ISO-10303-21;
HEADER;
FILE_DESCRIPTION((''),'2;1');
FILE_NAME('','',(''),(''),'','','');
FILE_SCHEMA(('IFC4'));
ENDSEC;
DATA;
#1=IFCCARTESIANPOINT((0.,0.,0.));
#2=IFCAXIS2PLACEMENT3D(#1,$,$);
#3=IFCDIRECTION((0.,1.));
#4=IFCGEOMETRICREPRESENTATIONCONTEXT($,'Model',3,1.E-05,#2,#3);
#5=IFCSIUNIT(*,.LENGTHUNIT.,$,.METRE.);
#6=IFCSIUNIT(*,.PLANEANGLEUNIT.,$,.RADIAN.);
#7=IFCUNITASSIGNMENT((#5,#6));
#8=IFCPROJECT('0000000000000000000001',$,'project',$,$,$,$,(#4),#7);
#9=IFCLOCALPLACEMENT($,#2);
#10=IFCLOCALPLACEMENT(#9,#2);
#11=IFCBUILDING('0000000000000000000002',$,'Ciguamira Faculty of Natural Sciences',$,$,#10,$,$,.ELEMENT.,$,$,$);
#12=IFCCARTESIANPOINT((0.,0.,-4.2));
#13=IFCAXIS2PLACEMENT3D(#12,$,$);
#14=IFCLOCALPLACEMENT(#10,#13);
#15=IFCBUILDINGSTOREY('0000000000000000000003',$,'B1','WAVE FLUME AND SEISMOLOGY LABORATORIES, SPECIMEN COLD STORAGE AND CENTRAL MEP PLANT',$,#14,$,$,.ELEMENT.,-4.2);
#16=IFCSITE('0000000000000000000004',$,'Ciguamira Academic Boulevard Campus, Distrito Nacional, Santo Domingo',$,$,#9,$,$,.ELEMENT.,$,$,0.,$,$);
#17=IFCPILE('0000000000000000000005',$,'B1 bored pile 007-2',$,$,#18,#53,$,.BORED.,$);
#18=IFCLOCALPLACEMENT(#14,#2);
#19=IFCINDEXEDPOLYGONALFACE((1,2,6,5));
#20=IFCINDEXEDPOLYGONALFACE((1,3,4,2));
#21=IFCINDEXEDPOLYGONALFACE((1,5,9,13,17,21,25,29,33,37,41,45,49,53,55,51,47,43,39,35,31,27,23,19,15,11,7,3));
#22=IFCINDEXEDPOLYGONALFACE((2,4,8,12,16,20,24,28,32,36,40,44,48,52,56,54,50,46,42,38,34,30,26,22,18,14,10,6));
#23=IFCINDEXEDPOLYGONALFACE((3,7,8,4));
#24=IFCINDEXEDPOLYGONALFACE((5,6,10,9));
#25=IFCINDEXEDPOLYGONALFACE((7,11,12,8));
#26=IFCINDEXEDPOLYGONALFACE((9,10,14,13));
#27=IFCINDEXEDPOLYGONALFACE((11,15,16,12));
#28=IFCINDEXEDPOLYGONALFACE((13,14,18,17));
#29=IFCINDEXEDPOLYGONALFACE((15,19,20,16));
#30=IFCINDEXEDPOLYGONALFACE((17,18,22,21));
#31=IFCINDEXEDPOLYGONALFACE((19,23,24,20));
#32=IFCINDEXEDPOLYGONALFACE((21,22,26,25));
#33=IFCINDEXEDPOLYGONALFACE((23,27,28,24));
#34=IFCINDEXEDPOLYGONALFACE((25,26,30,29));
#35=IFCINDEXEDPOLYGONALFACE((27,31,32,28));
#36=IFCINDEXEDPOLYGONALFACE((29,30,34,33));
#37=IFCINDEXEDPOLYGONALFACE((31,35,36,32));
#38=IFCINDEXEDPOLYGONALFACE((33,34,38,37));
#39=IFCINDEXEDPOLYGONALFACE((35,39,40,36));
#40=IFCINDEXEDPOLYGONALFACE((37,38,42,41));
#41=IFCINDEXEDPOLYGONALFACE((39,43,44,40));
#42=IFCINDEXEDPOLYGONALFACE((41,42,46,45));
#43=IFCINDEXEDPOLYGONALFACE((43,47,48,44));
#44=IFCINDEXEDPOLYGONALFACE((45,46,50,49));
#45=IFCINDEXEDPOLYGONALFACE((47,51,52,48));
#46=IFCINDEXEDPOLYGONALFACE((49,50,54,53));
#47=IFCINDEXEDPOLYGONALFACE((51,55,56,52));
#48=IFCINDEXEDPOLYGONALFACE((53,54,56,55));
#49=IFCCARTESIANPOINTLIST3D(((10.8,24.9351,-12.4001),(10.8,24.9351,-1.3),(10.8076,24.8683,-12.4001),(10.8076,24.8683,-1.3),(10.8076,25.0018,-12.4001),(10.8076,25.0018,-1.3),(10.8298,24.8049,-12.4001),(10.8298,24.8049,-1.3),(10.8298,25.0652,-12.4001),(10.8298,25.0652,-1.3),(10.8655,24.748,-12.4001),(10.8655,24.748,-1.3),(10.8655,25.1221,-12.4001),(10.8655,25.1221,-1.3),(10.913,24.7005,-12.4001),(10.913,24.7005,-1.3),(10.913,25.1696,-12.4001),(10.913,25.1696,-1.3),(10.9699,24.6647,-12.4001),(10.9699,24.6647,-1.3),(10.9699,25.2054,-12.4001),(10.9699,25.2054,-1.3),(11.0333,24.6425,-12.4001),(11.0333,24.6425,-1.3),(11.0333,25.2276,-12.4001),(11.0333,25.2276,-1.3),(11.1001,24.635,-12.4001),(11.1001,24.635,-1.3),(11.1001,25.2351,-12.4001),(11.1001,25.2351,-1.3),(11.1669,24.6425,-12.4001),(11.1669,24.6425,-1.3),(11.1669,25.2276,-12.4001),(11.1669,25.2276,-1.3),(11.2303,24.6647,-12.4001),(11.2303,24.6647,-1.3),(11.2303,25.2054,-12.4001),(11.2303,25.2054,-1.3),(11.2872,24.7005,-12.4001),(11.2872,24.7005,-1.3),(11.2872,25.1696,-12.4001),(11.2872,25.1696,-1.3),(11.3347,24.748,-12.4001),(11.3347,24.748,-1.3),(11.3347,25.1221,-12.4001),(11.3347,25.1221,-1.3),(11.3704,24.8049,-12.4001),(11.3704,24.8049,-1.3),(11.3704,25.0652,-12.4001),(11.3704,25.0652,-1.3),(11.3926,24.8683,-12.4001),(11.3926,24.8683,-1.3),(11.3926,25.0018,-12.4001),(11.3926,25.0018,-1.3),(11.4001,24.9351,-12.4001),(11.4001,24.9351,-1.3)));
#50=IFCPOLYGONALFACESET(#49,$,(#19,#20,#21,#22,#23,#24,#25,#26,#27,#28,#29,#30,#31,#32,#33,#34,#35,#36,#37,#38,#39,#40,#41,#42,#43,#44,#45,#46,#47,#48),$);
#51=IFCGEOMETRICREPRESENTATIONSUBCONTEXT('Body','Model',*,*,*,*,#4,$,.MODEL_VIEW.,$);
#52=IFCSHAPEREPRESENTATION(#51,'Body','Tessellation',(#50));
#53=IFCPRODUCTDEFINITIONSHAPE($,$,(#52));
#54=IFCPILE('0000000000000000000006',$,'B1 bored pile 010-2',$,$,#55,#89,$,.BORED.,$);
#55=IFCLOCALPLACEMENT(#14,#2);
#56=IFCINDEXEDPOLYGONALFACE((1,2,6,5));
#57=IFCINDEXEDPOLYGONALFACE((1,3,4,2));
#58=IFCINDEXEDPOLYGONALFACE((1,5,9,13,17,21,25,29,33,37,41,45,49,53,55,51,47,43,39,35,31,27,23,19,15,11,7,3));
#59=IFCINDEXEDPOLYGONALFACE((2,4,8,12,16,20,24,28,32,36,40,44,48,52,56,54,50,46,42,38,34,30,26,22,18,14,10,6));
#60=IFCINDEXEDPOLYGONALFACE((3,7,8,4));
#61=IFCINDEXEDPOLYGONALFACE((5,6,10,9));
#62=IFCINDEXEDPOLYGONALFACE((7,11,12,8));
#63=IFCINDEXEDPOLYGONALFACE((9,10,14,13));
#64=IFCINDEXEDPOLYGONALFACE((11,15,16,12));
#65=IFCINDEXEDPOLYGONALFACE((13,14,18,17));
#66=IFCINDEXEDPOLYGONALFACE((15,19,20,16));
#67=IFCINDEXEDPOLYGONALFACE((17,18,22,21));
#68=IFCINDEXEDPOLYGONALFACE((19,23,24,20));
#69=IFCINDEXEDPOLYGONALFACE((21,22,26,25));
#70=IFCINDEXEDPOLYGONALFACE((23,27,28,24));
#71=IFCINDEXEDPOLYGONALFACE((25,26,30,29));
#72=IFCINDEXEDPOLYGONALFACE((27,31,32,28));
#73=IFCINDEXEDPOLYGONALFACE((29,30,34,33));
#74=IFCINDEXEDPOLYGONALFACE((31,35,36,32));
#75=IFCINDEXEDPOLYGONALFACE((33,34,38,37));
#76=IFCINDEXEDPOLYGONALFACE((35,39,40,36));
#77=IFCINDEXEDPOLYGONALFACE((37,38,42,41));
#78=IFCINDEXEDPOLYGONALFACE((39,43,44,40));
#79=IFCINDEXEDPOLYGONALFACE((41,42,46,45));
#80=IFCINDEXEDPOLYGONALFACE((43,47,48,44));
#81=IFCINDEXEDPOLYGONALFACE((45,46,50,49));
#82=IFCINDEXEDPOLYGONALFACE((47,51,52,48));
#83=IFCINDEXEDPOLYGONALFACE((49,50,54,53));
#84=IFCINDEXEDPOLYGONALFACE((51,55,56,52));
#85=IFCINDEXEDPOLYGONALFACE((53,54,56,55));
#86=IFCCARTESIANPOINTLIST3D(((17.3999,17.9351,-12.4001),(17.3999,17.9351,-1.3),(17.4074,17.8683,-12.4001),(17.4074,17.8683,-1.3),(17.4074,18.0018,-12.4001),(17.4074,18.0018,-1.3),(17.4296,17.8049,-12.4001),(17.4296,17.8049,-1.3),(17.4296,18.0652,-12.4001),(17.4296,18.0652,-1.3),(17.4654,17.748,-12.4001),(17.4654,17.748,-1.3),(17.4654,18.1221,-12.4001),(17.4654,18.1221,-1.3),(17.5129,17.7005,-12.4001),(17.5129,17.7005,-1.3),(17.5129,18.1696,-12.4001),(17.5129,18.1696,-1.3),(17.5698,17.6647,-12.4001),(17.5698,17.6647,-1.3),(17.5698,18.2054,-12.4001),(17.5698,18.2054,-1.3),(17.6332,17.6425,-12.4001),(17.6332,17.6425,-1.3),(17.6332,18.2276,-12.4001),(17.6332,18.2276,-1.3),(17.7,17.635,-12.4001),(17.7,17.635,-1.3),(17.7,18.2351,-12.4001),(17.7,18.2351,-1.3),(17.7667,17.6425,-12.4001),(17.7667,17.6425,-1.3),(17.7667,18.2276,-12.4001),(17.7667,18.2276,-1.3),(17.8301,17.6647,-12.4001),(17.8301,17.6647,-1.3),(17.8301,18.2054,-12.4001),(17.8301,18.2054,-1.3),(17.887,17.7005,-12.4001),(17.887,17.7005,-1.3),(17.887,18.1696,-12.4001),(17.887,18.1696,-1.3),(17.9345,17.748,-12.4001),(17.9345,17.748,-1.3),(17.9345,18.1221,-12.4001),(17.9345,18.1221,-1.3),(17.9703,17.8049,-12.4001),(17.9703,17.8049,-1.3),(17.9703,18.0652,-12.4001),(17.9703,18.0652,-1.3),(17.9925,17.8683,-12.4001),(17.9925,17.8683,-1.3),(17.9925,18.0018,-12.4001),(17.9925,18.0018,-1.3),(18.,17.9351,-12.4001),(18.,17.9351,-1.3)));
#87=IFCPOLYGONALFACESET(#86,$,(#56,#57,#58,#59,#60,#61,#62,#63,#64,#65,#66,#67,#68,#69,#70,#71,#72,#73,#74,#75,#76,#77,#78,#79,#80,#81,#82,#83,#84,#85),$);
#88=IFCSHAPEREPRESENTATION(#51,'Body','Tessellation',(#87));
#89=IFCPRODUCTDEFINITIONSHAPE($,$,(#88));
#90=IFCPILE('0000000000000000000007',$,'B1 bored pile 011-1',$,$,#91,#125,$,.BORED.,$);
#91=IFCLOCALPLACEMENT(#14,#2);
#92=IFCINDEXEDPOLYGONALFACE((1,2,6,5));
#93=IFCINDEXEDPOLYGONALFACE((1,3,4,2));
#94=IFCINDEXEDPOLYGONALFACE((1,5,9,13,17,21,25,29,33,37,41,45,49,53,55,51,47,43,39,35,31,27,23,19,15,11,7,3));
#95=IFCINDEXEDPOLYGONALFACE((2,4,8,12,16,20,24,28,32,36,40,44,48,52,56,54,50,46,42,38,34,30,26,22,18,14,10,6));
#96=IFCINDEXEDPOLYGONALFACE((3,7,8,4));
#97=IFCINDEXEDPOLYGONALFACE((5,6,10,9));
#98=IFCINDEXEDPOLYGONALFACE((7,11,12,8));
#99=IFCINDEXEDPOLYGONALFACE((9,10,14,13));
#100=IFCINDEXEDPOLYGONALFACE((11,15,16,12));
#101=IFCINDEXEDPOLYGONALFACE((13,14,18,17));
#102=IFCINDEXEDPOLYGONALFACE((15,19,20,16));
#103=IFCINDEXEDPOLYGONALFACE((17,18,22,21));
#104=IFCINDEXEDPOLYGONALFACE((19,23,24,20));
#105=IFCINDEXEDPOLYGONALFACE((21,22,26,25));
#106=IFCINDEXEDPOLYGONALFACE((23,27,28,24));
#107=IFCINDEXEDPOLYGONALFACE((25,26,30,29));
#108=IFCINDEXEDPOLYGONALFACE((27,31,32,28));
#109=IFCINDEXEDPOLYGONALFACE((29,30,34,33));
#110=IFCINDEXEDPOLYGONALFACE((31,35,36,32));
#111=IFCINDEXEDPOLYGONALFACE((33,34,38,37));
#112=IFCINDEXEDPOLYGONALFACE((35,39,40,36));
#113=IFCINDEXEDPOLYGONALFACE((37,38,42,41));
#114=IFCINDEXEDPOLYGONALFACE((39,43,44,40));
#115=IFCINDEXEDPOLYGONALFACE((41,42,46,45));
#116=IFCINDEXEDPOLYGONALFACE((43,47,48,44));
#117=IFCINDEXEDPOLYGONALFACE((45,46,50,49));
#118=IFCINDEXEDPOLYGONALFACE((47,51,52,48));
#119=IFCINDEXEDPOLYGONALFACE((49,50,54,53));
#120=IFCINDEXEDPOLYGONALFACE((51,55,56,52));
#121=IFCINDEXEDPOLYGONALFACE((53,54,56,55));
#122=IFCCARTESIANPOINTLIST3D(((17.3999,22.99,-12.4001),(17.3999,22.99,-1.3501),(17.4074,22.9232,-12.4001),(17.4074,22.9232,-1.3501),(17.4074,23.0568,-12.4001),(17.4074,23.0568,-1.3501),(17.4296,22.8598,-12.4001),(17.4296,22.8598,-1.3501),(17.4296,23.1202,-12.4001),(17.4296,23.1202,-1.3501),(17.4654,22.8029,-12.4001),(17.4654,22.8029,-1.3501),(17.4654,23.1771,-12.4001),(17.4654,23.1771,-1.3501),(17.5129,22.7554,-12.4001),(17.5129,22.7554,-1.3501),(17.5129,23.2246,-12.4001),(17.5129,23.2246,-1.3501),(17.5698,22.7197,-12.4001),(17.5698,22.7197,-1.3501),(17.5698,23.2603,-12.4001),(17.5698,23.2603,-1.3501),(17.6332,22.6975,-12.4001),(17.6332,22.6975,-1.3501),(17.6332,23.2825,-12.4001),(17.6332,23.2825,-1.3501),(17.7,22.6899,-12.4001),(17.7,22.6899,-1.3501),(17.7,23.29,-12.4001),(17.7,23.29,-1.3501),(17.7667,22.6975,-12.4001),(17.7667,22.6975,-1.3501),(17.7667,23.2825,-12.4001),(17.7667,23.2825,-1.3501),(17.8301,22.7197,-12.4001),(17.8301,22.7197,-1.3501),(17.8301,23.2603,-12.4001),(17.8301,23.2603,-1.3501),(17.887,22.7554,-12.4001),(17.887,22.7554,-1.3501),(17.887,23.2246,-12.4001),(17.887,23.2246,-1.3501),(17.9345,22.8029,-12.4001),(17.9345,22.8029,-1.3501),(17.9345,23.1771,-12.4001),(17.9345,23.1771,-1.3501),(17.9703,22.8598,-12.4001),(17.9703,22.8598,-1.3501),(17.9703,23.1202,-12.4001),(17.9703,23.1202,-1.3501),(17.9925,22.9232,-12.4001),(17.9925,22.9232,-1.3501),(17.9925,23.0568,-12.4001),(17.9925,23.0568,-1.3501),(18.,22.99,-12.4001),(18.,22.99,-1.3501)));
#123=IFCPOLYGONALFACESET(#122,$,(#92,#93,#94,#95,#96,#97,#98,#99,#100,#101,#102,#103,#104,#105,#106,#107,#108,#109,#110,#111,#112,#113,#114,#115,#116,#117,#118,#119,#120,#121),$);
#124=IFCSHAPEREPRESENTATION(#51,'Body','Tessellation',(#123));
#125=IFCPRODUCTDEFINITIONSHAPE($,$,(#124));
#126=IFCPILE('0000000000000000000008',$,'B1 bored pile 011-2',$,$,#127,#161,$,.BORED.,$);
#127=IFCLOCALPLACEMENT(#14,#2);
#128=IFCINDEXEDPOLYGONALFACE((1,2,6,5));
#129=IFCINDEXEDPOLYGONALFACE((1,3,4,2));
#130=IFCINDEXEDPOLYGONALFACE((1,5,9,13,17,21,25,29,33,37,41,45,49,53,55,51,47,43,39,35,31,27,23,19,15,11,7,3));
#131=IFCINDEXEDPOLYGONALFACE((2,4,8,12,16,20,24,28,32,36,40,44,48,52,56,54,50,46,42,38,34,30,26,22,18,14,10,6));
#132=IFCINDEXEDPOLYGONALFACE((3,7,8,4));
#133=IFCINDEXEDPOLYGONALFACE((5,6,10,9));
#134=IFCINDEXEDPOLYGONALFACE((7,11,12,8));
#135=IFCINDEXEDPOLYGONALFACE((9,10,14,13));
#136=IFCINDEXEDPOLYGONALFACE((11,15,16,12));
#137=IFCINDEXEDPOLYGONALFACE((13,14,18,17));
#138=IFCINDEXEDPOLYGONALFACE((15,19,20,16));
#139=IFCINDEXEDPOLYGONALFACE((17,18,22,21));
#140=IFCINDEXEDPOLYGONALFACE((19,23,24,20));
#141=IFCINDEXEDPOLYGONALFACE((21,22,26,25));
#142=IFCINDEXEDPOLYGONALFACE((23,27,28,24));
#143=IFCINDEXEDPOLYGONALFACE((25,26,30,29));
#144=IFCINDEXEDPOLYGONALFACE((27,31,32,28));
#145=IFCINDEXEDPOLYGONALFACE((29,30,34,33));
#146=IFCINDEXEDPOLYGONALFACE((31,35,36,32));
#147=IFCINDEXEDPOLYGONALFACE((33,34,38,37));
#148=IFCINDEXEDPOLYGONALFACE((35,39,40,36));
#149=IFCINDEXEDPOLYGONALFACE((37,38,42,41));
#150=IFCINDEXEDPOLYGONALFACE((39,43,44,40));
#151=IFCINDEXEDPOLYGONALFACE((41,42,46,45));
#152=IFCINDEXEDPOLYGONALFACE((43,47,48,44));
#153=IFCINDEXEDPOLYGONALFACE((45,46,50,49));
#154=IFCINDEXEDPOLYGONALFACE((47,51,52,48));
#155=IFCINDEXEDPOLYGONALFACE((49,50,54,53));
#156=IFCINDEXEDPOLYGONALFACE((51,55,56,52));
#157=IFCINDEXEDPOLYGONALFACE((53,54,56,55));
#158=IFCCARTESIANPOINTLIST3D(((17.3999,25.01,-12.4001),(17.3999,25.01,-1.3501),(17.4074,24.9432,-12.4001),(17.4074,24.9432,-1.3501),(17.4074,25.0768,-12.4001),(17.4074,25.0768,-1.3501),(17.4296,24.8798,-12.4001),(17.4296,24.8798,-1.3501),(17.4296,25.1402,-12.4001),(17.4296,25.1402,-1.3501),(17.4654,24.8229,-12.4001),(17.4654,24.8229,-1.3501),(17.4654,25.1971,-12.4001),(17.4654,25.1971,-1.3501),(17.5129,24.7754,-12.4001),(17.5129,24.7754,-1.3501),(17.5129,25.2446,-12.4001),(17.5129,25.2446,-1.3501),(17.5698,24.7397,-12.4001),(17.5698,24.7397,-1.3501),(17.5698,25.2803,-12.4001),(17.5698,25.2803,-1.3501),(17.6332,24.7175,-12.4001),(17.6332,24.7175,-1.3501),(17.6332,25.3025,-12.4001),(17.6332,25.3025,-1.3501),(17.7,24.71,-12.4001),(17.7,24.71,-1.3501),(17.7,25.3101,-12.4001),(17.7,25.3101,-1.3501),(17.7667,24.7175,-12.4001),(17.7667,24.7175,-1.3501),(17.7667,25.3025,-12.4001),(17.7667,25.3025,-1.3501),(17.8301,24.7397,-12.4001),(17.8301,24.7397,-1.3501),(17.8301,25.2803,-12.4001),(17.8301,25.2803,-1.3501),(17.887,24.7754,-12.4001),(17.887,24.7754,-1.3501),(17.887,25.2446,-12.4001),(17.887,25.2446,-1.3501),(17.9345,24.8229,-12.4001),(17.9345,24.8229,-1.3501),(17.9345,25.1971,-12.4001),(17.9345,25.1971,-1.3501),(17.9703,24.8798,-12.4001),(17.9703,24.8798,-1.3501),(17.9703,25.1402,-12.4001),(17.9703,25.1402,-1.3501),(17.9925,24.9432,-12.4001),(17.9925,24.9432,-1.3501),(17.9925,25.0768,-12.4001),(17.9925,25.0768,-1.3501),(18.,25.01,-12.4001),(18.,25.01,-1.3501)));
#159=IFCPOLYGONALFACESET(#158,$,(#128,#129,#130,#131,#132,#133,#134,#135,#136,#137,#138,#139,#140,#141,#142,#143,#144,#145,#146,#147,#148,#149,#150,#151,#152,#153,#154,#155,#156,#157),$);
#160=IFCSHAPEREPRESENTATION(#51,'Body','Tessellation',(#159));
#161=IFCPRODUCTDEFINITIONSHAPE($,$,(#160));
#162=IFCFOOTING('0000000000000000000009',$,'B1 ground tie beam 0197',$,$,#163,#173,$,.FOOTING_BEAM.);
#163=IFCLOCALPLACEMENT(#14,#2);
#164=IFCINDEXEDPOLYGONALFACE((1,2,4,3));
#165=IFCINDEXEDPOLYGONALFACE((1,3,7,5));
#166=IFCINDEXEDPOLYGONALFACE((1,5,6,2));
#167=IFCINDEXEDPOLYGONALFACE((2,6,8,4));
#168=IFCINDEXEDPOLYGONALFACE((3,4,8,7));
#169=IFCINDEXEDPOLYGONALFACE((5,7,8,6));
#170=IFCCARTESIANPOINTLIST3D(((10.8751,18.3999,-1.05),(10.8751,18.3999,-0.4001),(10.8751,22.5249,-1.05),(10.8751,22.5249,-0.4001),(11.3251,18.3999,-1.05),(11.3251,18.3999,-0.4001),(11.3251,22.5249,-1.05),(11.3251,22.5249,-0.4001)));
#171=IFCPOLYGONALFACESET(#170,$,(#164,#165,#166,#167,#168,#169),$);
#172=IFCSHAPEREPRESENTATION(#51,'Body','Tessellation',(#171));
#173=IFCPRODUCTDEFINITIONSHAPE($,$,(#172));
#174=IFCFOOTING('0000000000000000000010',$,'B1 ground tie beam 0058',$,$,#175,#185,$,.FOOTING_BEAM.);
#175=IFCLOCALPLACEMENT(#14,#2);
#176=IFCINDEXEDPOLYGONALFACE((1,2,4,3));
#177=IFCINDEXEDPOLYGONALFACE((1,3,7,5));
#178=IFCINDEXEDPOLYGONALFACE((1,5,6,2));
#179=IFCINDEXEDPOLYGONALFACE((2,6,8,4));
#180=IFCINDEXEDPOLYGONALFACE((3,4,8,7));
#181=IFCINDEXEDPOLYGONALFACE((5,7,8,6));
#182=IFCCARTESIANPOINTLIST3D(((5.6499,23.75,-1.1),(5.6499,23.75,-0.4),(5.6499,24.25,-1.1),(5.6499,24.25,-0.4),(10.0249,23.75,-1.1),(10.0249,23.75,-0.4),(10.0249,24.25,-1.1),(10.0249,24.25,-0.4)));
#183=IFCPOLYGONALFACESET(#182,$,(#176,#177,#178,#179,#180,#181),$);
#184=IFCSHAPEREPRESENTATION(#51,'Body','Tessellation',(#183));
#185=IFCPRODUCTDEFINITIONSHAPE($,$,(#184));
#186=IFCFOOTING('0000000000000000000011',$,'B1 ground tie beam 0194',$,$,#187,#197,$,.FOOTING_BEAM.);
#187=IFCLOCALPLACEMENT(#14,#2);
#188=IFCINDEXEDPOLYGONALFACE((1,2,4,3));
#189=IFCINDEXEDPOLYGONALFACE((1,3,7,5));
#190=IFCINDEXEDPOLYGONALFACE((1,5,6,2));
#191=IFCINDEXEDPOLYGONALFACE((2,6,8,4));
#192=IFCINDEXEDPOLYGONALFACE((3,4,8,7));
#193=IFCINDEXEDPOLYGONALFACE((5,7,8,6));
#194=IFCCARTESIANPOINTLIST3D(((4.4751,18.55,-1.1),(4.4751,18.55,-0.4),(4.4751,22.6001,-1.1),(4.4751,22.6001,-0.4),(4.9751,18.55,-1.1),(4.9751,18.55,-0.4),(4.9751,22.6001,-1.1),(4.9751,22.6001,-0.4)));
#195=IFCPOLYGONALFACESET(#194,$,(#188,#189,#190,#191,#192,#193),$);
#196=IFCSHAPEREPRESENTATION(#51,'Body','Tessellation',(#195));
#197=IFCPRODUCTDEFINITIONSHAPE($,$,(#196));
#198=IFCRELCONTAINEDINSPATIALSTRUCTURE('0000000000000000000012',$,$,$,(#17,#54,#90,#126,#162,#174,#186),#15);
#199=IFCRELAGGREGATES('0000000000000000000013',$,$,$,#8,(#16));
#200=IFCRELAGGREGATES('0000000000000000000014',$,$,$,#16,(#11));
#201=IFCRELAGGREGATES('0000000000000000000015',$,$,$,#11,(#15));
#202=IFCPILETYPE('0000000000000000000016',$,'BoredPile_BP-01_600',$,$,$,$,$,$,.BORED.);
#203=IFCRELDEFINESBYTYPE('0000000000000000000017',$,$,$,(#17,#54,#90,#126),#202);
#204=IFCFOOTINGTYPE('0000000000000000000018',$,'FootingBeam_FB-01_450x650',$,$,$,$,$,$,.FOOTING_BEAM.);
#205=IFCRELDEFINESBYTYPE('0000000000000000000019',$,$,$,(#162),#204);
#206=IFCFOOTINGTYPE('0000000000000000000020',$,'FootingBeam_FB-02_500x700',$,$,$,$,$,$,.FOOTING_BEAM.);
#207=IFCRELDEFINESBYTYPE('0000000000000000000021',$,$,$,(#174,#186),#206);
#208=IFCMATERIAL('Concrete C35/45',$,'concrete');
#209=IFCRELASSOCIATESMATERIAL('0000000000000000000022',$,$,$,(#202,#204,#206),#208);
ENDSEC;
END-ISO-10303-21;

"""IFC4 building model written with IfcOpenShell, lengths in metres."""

from ifc_helpers import new_model, si_unit, direction, frame, origin, origin_2d, place, context, subcontext, project, spatial, rectangle, circle, extrude, material, material_profile, profile_set, type_object, element, save


model = new_model("IFC4")

# Units and contexts
model_context = context("Model", 3, precision=1e-05, world=origin(), true_north=direction((0.0, 1.0)))
body_context = subcontext(model_context, "Body", "Model", "MODEL_VIEW")
ifc_project = project(units=[si_unit("LENGTHUNIT", "METRE"), si_unit("PLANEANGLEUNIT", "RADIAN")], contexts=[model_context])

# Site, building, storey
site_placement = place(None, origin())
site = spatial("IfcSite", under=ifc_project, at=site_placement, Name="Ciguamira Academic Boulevard Campus, Distrito Nacional, Santo Domingo", CompositionType="ELEMENT", RefElevation=0.0)
building_placement = place(site_placement, origin())
building = spatial("IfcBuilding", under=site, at=building_placement, Name="Ciguamira Faculty of Natural Sciences", CompositionType="ELEMENT")
storey_placement = place(building_placement, frame((0.0, 0.0, -4.2)))
storey = spatial("IfcBuildingStorey", under=building, at=storey_placement, Name="B1", Description="WAVE FLUME AND SEISMOLOGY LABORATORIES, SPECIMEN COLD STORAGE AND CENTRAL MEP PLANT", CompositionType="ELEMENT", Elevation=-4.2)

# Piles
ifc_material_1 = material(Name="Concrete C35/45", Category="concrete")
ifc_material_profile_1 = material_profile(ifc_material_1, circle(Radius=0.3, at=origin_2d()), Name="PILE-BORED-600")
ifc_profile_set_1 = profile_set([ifc_material_profile_1], Name="Concrete C35/45")
pile_type = type_object("IfcPileType", Name="BoredPile_BP-01_600", PredefinedType="BORED", material=ifc_profile_set_1)
for number, where, z_axis, x_axis, name in (
    (1, (11.1001, 24.9351, -1.3), (0.0, 0.0, -1.0), (1.0, 0.0, 0.0), "B1 bored pile 007-2"),
    (2, (17.7, 17.9351, -1.3), (0.0, 0.0, -1.0), (1.0, 0.0, 0.0), "B1 bored pile 010-2"),
):
    element("IfcPile", number, at=place(storey_placement, frame(where, z_axis=z_axis, x_axis=x_axis)), inside=storey, type_object=pile_type, Name=name, PredefinedType="BORED", context=body_context, shape_type="SweptSolid", body=[
        extrude(circle(Radius=0.3, at=origin_2d()), origin(), (0.0, 0.0, 1.0), 11.1001),
    ])
for number, where, z_axis, x_axis, name in (
    (3, (17.7, 22.99, -1.3501), (0.0, 0.0, -1.0), (1.0, 0.0, 0.0), "B1 bored pile 011-1"),
    (4, (17.7, 25.01, -1.3501), (0.0, 0.0, -1.0), (1.0, 0.0, 0.0), "B1 bored pile 011-2"),
):
    element("IfcPile", number, at=place(storey_placement, frame(where, z_axis=z_axis, x_axis=x_axis)), inside=storey, type_object=pile_type, Name=name, PredefinedType="BORED", context=body_context, shape_type="SweptSolid", body=[
        extrude(circle(Radius=0.3, at=origin_2d()), origin(), (0.0, 0.0, 1.0), 11.05),
    ])

# Footings
ifc_material_profile_2 = material_profile(ifc_material_1, rectangle(XDim=0.45, YDim=0.6499, at=origin_2d()), Name="RC-FB-450X650")
ifc_profile_set_2 = profile_set([ifc_material_profile_2], Name="Concrete C35/45")
footing_type_1 = type_object("IfcFootingType", Name="FootingBeam_FB-01_450x650", PredefinedType="FOOTING_BEAM", material=ifc_profile_set_2)
footing_1_placement = place(storey_placement, frame((11.1001, 18.3999, -0.7251), z_axis=(0.0, 1.0, 0.0), x_axis=(-1.0, 0.0, 0.0)))
element("IfcFooting", 5, at=footing_1_placement, inside=storey, type_object=footing_type_1, Name="B1 ground tie beam 0197", PredefinedType="FOOTING_BEAM", context=body_context, shape_type="SweptSolid", body=[
    extrude(rectangle(XDim=0.45, YDim=0.6499, at=origin_2d()), origin(), (0.0, 0.0, 1.0), 4.125),
])
ifc_material_profile_3 = material_profile(ifc_material_1, rectangle(XDim=0.5, YDim=0.7, at=origin_2d()), Name="RC-FB-500X700")
ifc_profile_set_3 = profile_set([ifc_material_profile_3], Name="Concrete C35/45")
footing_type_2 = type_object("IfcFootingType", Name="FootingBeam_FB-02_500x700", PredefinedType="FOOTING_BEAM", material=ifc_profile_set_3)
footing_2_placement = place(storey_placement, frame((5.6499, 24.0, -0.75), z_axis=(1.0, 0.0, 0.0), x_axis=(0.0, 1.0, 0.0)))
element("IfcFooting", 6, at=footing_2_placement, inside=storey, type_object=footing_type_2, Name="B1 ground tie beam 0058", PredefinedType="FOOTING_BEAM", context=body_context, shape_type="SweptSolid", body=[
    extrude(rectangle(XDim=0.5, YDim=0.7, at=origin_2d()), origin(), (0.0, 0.0, 1.0), 4.375),
])
footing_3_placement = place(storey_placement, frame((4.7251, 18.55, -0.75), z_axis=(0.0, 1.0, 0.0), x_axis=(-1.0, 0.0, 0.0)))
element("IfcFooting", 7, at=footing_3_placement, inside=storey, type_object=footing_type_2, Name="B1 ground tie beam 0194", PredefinedType="FOOTING_BEAM", context=body_context, shape_type="SweptSolid", body=[
    extrude(rectangle(XDim=0.5, YDim=0.7, at=origin_2d()), origin(), (0.0, 0.0, 1.0), 4.05),
])

save(model, "model.ifc")
